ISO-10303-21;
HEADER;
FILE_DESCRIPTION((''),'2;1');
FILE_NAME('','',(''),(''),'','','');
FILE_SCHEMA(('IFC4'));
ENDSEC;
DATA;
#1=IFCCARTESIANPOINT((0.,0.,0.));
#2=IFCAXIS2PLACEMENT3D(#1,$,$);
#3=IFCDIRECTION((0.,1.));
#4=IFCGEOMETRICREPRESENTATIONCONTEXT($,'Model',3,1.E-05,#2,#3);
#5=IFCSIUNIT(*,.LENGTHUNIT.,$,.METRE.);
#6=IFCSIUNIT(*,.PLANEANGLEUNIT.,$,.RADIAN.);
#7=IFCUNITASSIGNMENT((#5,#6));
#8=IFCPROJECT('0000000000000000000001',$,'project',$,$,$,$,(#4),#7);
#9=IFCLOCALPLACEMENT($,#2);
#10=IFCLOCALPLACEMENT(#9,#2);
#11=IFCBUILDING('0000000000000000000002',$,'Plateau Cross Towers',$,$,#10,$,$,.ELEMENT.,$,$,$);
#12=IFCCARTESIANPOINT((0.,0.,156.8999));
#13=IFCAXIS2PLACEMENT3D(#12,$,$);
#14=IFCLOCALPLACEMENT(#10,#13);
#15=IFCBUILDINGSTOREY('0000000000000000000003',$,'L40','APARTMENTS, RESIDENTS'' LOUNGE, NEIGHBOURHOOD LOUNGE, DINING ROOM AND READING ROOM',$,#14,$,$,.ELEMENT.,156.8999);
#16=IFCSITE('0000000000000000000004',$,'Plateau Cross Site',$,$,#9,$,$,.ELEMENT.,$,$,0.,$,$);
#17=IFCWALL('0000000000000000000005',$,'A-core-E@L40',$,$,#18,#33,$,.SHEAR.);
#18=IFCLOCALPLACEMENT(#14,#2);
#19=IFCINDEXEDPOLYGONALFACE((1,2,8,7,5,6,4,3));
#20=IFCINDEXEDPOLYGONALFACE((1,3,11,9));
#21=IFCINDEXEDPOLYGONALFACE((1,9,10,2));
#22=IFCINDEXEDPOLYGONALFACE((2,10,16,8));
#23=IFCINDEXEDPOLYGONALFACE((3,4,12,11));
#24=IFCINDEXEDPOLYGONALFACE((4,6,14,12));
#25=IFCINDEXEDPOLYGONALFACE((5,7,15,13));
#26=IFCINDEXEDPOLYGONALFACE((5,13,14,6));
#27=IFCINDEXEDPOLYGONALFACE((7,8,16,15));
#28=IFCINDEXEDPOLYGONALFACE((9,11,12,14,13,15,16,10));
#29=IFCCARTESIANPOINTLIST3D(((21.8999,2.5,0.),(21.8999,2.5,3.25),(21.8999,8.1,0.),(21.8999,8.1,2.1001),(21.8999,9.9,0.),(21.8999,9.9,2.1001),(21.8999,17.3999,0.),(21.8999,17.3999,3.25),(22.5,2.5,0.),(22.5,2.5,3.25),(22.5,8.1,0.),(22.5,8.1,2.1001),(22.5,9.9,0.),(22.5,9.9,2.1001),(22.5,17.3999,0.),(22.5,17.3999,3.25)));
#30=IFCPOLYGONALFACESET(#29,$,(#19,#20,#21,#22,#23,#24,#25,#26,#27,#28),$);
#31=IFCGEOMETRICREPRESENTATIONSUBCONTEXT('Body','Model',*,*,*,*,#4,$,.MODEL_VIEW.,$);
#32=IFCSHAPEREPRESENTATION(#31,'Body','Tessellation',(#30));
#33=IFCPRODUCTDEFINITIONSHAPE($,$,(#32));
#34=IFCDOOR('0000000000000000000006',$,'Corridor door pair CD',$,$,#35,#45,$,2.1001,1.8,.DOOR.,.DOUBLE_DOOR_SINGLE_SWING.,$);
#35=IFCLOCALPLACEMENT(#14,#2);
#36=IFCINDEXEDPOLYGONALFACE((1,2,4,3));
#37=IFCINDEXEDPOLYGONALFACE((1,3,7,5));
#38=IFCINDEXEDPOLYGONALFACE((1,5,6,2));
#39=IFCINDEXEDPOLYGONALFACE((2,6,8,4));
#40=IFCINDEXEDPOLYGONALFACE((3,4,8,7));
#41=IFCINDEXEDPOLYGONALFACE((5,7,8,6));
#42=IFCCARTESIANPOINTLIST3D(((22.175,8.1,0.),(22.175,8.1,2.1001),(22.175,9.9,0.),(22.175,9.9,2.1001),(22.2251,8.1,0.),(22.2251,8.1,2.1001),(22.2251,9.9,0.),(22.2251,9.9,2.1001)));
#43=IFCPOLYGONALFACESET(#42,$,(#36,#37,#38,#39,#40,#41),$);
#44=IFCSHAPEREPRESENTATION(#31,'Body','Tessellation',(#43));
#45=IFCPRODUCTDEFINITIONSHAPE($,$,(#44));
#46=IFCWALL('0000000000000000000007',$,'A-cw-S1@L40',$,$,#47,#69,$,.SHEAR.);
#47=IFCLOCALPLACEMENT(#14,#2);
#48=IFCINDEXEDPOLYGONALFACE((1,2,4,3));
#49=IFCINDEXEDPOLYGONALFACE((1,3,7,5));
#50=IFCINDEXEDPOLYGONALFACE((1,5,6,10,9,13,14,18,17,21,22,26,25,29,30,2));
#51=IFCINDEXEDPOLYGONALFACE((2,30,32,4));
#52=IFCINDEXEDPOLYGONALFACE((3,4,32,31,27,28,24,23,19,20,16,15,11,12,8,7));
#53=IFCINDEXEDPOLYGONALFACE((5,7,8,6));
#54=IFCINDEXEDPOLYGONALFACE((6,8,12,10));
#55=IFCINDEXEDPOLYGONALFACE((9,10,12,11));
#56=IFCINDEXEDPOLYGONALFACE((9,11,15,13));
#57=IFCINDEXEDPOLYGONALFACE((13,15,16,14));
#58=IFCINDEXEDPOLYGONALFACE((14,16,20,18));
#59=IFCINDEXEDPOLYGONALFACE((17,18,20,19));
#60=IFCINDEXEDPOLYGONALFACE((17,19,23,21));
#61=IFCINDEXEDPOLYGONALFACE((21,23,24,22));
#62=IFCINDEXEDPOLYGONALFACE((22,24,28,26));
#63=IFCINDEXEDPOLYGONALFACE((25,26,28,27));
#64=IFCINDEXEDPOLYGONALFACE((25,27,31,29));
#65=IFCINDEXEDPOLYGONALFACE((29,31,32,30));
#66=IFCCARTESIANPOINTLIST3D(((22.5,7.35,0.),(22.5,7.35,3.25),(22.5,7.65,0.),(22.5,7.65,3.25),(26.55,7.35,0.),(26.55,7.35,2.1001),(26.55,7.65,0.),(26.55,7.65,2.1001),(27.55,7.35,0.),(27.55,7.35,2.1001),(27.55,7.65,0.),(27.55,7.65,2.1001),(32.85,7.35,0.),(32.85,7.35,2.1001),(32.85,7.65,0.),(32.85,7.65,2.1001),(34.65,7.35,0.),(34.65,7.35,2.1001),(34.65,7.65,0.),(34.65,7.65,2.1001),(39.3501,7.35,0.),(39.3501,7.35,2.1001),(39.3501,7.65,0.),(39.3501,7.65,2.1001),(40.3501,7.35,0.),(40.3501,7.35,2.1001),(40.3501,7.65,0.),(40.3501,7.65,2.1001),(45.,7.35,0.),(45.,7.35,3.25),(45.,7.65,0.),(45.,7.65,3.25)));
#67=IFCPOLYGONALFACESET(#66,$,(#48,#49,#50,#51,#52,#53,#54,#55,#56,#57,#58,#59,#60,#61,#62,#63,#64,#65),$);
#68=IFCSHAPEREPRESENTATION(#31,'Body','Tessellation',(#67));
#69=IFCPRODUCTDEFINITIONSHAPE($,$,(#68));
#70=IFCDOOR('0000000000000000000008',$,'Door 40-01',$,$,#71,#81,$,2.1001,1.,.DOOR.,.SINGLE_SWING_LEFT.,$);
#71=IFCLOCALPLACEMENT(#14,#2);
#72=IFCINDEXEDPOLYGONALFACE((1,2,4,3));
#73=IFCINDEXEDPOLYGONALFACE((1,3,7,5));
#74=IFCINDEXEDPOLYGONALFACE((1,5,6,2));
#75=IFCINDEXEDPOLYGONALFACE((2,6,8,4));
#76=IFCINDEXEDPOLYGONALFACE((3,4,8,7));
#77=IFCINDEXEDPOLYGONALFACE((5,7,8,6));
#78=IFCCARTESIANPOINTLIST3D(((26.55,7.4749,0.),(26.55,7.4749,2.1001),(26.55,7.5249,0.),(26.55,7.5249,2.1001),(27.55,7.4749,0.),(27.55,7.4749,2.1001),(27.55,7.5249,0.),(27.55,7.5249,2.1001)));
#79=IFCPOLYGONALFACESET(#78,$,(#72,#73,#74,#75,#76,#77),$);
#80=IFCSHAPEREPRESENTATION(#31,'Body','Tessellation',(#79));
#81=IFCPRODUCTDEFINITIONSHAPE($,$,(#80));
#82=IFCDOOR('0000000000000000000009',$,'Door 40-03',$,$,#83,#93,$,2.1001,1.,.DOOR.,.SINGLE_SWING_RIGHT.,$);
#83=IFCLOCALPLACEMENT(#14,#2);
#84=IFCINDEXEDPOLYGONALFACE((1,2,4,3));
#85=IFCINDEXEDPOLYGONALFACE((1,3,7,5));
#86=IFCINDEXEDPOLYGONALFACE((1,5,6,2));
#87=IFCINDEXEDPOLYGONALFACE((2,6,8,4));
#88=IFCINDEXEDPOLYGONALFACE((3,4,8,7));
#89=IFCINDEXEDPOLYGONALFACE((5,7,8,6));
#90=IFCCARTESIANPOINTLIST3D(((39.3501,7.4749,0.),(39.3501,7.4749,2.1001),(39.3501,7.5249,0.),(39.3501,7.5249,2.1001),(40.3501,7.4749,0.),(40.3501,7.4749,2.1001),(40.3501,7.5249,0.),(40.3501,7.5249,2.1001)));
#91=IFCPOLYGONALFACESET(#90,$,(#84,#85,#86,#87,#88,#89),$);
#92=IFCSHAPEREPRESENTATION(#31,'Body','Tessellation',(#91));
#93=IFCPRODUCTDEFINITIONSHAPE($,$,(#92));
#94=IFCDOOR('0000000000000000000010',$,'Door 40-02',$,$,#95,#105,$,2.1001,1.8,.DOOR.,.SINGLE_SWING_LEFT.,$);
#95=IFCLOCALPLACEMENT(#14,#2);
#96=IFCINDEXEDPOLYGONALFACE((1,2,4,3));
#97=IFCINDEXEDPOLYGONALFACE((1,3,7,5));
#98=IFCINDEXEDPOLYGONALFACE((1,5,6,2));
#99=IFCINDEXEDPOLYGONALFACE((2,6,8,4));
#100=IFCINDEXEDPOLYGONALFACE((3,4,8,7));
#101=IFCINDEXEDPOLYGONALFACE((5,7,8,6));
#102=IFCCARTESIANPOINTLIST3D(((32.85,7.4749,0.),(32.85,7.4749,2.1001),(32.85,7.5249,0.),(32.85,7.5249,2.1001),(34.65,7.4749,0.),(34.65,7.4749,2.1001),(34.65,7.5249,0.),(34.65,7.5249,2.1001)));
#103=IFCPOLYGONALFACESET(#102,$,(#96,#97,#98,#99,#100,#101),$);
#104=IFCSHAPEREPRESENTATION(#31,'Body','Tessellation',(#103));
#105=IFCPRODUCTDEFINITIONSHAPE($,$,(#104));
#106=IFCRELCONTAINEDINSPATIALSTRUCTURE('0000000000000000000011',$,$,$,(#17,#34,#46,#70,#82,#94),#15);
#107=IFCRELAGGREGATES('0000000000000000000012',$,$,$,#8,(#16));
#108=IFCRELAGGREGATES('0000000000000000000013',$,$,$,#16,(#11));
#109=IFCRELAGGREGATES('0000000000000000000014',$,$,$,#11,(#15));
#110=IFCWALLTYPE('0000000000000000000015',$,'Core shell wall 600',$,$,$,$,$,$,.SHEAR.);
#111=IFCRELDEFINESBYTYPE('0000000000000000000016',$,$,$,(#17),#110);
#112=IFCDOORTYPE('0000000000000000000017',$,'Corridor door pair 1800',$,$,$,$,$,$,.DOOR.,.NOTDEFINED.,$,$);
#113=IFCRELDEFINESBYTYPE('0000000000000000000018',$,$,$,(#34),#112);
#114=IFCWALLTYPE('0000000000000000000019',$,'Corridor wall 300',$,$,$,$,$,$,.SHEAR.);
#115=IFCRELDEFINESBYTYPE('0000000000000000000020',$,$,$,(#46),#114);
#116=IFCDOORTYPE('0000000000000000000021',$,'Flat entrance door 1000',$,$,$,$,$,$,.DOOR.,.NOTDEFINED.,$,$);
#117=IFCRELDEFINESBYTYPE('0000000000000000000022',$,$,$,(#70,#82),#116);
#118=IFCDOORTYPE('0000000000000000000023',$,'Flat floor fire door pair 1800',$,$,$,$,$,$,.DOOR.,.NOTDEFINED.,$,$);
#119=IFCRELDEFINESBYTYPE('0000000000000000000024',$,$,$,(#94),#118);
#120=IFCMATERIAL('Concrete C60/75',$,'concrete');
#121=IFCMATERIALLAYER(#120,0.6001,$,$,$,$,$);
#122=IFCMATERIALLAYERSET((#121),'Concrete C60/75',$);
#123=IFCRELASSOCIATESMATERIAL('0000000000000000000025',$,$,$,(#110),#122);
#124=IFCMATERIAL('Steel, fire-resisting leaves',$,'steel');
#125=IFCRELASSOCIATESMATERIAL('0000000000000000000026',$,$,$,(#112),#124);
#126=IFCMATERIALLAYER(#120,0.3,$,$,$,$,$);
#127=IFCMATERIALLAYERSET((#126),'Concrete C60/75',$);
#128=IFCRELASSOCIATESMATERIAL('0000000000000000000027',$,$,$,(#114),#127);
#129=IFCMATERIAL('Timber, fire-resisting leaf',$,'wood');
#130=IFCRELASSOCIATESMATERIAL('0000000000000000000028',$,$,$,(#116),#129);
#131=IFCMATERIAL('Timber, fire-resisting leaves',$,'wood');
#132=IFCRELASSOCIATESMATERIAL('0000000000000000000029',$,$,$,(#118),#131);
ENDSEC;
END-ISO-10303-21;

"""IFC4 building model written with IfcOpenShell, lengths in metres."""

from ifc_helpers import new_model, si_unit, direction, frame, frame_2d, origin, place, context, subcontext, project, spatial, rectangle, extrude, material, layer, layer_set, type_object, element, fill, save


model = new_model("IFC4")

# Units and contexts
model_context = context("Model", 3, precision=1e-05, world=origin(), true_north=direction((0.0, 1.0)))
body_context = subcontext(model_context, "Body", "Model", "MODEL_VIEW")
ifc_project = project(units=[si_unit("LENGTHUNIT", "METRE"), si_unit("PLANEANGLEUNIT", "RADIAN")], contexts=[model_context])

# Site, building, storey
site_placement = place(None, origin())
site = spatial("IfcSite", under=ifc_project, at=site_placement, Name="Plateau Cross Site", CompositionType="ELEMENT", RefElevation=0.0)
building_placement = place(site_placement, origin())
building = spatial("IfcBuilding", under=site, at=building_placement, Name="Plateau Cross Towers", CompositionType="ELEMENT")
storey_placement = place(building_placement, frame((0.0, 0.0, 156.8999)))
storey = spatial("IfcBuildingStorey", under=building, at=storey_placement, Name="L40", Description="APARTMENTS, RESIDENTS' LOUNGE, NEIGHBOURHOOD LOUNGE, DINING ROOM AND READING ROOM", CompositionType="ELEMENT", Elevation=156.8999)

# Shared definitions
ifc_material_1 = material(Name="Concrete C60/75", Category="concrete")

# Wall, opening, door
ifc_layer_1 = layer(ifc_material_1, 0.6001)
ifc_layer_set_1 = layer_set([ifc_layer_1], Name="Concrete C60/75")
wall_type_1 = type_object("IfcWallType", Name="Core shell wall 600", PredefinedType="SHEAR", material=ifc_layer_set_1)
wall_1_placement = place(storey_placement, frame((22.2, 2.5, 0.0), z_axis=(0.0, 0.0, 1.0), x_axis=(0.0, 1.0, 0.0)))
wall_1 = element("IfcWall", 1, at=wall_1_placement, inside=storey, type_object=wall_type_1, Name="A-core-E@L40", PredefinedType="SHEAR", context=body_context, shape_type="SweptSolid", body=[
    extrude(rectangle(XDim=14.8999, YDim=0.6001, at=frame_2d((7.45, 0.0))), origin(), (0.0, 0.0, 1.0), 3.25),
])
opening_1_placement = place(wall_1_placement, frame((5.6001, 0.0, 0.0)))
opening_1 = element("IfcOpeningElement", 2, at=opening_1_placement, cuts=wall_1, PredefinedType="OPENING", context=body_context, shape_type="SweptSolid", body=[
    extrude(rectangle(XDim=1.8, YDim=2.1001, at=frame_2d((0.8999, 1.05))), frame((0.0, 0.3101, 0.0), z_axis=(0.0, -1.0, 0.0), x_axis=(1.0, 0.0, 0.0)), (0.0, 0.0, 1.0), 0.6201),
])
ifc_material_2 = material(Name="Steel, fire-resisting leaves", Category="steel")
door_type_1 = type_object("IfcDoorType", Name="Corridor door pair 1800", OperationType="NOTDEFINED", PredefinedType="DOOR", material=ifc_material_2)
door_1_placement = place(opening_1_placement, origin())
door_1 = element("IfcDoor", 3, at=door_1_placement, inside=storey, type_object=door_type_1, Name="Corridor door pair CD", OperationType="DOUBLE_DOOR_SINGLE_SWING", OverallHeight=2.1001, OverallWidth=1.8, PredefinedType="DOOR", context=body_context, shape_type="SweptSolid", body=[
    extrude(rectangle(XDim=1.8, YDim=2.1001, at=frame_2d((0.8999, 1.05))), frame((0.0, 0.0249, 0.0), z_axis=(0.0, -1.0, 0.0), x_axis=(1.0, 0.0, 0.0)), (0.0, 0.0, 1.0), 0.05),
])
fill(opening_1, door_1)

# Wall, openings, doors
ifc_layer_2 = layer(ifc_material_1, 0.3)
ifc_layer_set_2 = layer_set([ifc_layer_2], Name="Concrete C60/75")
wall_type_2 = type_object("IfcWallType", Name="Corridor wall 300", PredefinedType="SHEAR", material=ifc_layer_set_2)
wall_2_placement = place(storey_placement, frame((22.5, 7.5, 0.0), z_axis=(0.0, 0.0, 1.0), x_axis=(1.0, 0.0, 0.0)))
wall_2 = element("IfcWall", 4, at=wall_2_placement, inside=storey, type_object=wall_type_2, Name="A-cw-S1@L40", PredefinedType="SHEAR", context=body_context, shape_type="SweptSolid", body=[
    extrude(rectangle(XDim=22.5, YDim=0.3, at=frame_2d((11.25, 0.0))), origin(), (0.0, 0.0, 1.0), 3.25),
])
opening_2_placement = place(wall_2_placement, frame((4.05, 0.0, 0.0)))
opening_2 = element("IfcOpeningElement", 5, at=opening_2_placement, cuts=wall_2, PredefinedType="OPENING", context=body_context, shape_type="SweptSolid", body=[
    extrude(rectangle(XDim=1.0, YDim=2.1001, at=frame_2d((0.5, 1.05))), frame((0.0, 0.1599, 0.0), z_axis=(0.0, -1.0, 0.0), x_axis=(1.0, 0.0, 0.0)), (0.0, 0.0, 1.0), 0.3201),
])
opening_3_placement = place(wall_2_placement, frame((10.3501, 0.0, 0.0)))
opening_3 = element("IfcOpeningElement", 6, at=opening_3_placement, cuts=wall_2, PredefinedType="OPENING", context=body_context, shape_type="SweptSolid", body=[
    extrude(rectangle(XDim=1.8, YDim=2.1001, at=frame_2d((0.8999, 1.05))), frame((0.0, 0.1599, 0.0), z_axis=(0.0, -1.0, 0.0), x_axis=(1.0, 0.0, 0.0)), (0.0, 0.0, 1.0), 0.3201),
])
opening_4_placement = place(wall_2_placement, frame((16.8501, 0.0, 0.0)))
opening_4 = element("IfcOpeningElement", 7, at=opening_4_placement, cuts=wall_2, PredefinedType="OPENING", context=body_context, shape_type="SweptSolid", body=[
    extrude(rectangle(XDim=1.0, YDim=2.1001, at=frame_2d((0.5, 1.05))), frame((0.0, 0.1599, 0.0), z_axis=(0.0, -1.0, 0.0), x_axis=(1.0, 0.0, 0.0)), (0.0, 0.0, 1.0), 0.3201),
])
ifc_material_3 = material(Name="Timber, fire-resisting leaf", Category="wood")
door_type_2 = type_object("IfcDoorType", Name="Flat entrance door 1000", OperationType="NOTDEFINED", PredefinedType="DOOR", material=ifc_material_3)
door_2_placement = place(opening_2_placement, origin())
door_2 = element("IfcDoor", 8, at=door_2_placement, inside=storey, type_object=door_type_2, Name="Door 40-01", OperationType="SINGLE_SWING_LEFT", OverallHeight=2.1001, OverallWidth=1.0, PredefinedType="DOOR", context=body_context, shape_type="SweptSolid", body=[
    extrude(rectangle(XDim=1.0, YDim=2.1001, at=frame_2d((0.5, 1.05))), frame((0.0, 0.0249, 0.0), z_axis=(0.0, -1.0, 0.0), x_axis=(1.0, 0.0, 0.0)), (0.0, 0.0, 1.0), 0.05),
])
fill(opening_2, door_2)
door_3_placement = place(opening_4_placement, origin())
door_3 = element("IfcDoor", 9, at=door_3_placement, inside=storey, type_object=door_type_2, Name="Door 40-03", OperationType="SINGLE_SWING_RIGHT", OverallHeight=2.1001, OverallWidth=1.0, PredefinedType="DOOR", context=body_context, shape_type="SweptSolid", body=[
    extrude(rectangle(XDim=1.0, YDim=2.1001, at=frame_2d((0.5, 1.05))), frame((0.0, 0.0249, 0.0), z_axis=(0.0, -1.0, 0.0), x_axis=(1.0, 0.0, 0.0)), (0.0, 0.0, 1.0), 0.05),
])
fill(opening_4, door_3)
ifc_material_4 = material(Name="Timber, fire-resisting leaves", Category="wood")
door_type_3 = type_object("IfcDoorType", Name="Flat floor fire door pair 1800", OperationType="NOTDEFINED", PredefinedType="DOOR", material=ifc_material_4)
door_4_placement = place(opening_3_placement, origin())
door_4 = element("IfcDoor", 10, at=door_4_placement, inside=storey, type_object=door_type_3, Name="Door 40-02", OperationType="SINGLE_SWING_LEFT", OverallHeight=2.1001, OverallWidth=1.8, PredefinedType="DOOR", context=body_context, shape_type="SweptSolid", body=[
    extrude(rectangle(XDim=1.8, YDim=2.1001, at=frame_2d((0.8999, 1.05))), frame((0.0, 0.0249, 0.0), z_axis=(0.0, -1.0, 0.0), x_axis=(1.0, 0.0, 0.0)), (0.0, 0.0, 1.0), 0.05),
])
fill(opening_3, door_4)

save(model, "model.ifc")
